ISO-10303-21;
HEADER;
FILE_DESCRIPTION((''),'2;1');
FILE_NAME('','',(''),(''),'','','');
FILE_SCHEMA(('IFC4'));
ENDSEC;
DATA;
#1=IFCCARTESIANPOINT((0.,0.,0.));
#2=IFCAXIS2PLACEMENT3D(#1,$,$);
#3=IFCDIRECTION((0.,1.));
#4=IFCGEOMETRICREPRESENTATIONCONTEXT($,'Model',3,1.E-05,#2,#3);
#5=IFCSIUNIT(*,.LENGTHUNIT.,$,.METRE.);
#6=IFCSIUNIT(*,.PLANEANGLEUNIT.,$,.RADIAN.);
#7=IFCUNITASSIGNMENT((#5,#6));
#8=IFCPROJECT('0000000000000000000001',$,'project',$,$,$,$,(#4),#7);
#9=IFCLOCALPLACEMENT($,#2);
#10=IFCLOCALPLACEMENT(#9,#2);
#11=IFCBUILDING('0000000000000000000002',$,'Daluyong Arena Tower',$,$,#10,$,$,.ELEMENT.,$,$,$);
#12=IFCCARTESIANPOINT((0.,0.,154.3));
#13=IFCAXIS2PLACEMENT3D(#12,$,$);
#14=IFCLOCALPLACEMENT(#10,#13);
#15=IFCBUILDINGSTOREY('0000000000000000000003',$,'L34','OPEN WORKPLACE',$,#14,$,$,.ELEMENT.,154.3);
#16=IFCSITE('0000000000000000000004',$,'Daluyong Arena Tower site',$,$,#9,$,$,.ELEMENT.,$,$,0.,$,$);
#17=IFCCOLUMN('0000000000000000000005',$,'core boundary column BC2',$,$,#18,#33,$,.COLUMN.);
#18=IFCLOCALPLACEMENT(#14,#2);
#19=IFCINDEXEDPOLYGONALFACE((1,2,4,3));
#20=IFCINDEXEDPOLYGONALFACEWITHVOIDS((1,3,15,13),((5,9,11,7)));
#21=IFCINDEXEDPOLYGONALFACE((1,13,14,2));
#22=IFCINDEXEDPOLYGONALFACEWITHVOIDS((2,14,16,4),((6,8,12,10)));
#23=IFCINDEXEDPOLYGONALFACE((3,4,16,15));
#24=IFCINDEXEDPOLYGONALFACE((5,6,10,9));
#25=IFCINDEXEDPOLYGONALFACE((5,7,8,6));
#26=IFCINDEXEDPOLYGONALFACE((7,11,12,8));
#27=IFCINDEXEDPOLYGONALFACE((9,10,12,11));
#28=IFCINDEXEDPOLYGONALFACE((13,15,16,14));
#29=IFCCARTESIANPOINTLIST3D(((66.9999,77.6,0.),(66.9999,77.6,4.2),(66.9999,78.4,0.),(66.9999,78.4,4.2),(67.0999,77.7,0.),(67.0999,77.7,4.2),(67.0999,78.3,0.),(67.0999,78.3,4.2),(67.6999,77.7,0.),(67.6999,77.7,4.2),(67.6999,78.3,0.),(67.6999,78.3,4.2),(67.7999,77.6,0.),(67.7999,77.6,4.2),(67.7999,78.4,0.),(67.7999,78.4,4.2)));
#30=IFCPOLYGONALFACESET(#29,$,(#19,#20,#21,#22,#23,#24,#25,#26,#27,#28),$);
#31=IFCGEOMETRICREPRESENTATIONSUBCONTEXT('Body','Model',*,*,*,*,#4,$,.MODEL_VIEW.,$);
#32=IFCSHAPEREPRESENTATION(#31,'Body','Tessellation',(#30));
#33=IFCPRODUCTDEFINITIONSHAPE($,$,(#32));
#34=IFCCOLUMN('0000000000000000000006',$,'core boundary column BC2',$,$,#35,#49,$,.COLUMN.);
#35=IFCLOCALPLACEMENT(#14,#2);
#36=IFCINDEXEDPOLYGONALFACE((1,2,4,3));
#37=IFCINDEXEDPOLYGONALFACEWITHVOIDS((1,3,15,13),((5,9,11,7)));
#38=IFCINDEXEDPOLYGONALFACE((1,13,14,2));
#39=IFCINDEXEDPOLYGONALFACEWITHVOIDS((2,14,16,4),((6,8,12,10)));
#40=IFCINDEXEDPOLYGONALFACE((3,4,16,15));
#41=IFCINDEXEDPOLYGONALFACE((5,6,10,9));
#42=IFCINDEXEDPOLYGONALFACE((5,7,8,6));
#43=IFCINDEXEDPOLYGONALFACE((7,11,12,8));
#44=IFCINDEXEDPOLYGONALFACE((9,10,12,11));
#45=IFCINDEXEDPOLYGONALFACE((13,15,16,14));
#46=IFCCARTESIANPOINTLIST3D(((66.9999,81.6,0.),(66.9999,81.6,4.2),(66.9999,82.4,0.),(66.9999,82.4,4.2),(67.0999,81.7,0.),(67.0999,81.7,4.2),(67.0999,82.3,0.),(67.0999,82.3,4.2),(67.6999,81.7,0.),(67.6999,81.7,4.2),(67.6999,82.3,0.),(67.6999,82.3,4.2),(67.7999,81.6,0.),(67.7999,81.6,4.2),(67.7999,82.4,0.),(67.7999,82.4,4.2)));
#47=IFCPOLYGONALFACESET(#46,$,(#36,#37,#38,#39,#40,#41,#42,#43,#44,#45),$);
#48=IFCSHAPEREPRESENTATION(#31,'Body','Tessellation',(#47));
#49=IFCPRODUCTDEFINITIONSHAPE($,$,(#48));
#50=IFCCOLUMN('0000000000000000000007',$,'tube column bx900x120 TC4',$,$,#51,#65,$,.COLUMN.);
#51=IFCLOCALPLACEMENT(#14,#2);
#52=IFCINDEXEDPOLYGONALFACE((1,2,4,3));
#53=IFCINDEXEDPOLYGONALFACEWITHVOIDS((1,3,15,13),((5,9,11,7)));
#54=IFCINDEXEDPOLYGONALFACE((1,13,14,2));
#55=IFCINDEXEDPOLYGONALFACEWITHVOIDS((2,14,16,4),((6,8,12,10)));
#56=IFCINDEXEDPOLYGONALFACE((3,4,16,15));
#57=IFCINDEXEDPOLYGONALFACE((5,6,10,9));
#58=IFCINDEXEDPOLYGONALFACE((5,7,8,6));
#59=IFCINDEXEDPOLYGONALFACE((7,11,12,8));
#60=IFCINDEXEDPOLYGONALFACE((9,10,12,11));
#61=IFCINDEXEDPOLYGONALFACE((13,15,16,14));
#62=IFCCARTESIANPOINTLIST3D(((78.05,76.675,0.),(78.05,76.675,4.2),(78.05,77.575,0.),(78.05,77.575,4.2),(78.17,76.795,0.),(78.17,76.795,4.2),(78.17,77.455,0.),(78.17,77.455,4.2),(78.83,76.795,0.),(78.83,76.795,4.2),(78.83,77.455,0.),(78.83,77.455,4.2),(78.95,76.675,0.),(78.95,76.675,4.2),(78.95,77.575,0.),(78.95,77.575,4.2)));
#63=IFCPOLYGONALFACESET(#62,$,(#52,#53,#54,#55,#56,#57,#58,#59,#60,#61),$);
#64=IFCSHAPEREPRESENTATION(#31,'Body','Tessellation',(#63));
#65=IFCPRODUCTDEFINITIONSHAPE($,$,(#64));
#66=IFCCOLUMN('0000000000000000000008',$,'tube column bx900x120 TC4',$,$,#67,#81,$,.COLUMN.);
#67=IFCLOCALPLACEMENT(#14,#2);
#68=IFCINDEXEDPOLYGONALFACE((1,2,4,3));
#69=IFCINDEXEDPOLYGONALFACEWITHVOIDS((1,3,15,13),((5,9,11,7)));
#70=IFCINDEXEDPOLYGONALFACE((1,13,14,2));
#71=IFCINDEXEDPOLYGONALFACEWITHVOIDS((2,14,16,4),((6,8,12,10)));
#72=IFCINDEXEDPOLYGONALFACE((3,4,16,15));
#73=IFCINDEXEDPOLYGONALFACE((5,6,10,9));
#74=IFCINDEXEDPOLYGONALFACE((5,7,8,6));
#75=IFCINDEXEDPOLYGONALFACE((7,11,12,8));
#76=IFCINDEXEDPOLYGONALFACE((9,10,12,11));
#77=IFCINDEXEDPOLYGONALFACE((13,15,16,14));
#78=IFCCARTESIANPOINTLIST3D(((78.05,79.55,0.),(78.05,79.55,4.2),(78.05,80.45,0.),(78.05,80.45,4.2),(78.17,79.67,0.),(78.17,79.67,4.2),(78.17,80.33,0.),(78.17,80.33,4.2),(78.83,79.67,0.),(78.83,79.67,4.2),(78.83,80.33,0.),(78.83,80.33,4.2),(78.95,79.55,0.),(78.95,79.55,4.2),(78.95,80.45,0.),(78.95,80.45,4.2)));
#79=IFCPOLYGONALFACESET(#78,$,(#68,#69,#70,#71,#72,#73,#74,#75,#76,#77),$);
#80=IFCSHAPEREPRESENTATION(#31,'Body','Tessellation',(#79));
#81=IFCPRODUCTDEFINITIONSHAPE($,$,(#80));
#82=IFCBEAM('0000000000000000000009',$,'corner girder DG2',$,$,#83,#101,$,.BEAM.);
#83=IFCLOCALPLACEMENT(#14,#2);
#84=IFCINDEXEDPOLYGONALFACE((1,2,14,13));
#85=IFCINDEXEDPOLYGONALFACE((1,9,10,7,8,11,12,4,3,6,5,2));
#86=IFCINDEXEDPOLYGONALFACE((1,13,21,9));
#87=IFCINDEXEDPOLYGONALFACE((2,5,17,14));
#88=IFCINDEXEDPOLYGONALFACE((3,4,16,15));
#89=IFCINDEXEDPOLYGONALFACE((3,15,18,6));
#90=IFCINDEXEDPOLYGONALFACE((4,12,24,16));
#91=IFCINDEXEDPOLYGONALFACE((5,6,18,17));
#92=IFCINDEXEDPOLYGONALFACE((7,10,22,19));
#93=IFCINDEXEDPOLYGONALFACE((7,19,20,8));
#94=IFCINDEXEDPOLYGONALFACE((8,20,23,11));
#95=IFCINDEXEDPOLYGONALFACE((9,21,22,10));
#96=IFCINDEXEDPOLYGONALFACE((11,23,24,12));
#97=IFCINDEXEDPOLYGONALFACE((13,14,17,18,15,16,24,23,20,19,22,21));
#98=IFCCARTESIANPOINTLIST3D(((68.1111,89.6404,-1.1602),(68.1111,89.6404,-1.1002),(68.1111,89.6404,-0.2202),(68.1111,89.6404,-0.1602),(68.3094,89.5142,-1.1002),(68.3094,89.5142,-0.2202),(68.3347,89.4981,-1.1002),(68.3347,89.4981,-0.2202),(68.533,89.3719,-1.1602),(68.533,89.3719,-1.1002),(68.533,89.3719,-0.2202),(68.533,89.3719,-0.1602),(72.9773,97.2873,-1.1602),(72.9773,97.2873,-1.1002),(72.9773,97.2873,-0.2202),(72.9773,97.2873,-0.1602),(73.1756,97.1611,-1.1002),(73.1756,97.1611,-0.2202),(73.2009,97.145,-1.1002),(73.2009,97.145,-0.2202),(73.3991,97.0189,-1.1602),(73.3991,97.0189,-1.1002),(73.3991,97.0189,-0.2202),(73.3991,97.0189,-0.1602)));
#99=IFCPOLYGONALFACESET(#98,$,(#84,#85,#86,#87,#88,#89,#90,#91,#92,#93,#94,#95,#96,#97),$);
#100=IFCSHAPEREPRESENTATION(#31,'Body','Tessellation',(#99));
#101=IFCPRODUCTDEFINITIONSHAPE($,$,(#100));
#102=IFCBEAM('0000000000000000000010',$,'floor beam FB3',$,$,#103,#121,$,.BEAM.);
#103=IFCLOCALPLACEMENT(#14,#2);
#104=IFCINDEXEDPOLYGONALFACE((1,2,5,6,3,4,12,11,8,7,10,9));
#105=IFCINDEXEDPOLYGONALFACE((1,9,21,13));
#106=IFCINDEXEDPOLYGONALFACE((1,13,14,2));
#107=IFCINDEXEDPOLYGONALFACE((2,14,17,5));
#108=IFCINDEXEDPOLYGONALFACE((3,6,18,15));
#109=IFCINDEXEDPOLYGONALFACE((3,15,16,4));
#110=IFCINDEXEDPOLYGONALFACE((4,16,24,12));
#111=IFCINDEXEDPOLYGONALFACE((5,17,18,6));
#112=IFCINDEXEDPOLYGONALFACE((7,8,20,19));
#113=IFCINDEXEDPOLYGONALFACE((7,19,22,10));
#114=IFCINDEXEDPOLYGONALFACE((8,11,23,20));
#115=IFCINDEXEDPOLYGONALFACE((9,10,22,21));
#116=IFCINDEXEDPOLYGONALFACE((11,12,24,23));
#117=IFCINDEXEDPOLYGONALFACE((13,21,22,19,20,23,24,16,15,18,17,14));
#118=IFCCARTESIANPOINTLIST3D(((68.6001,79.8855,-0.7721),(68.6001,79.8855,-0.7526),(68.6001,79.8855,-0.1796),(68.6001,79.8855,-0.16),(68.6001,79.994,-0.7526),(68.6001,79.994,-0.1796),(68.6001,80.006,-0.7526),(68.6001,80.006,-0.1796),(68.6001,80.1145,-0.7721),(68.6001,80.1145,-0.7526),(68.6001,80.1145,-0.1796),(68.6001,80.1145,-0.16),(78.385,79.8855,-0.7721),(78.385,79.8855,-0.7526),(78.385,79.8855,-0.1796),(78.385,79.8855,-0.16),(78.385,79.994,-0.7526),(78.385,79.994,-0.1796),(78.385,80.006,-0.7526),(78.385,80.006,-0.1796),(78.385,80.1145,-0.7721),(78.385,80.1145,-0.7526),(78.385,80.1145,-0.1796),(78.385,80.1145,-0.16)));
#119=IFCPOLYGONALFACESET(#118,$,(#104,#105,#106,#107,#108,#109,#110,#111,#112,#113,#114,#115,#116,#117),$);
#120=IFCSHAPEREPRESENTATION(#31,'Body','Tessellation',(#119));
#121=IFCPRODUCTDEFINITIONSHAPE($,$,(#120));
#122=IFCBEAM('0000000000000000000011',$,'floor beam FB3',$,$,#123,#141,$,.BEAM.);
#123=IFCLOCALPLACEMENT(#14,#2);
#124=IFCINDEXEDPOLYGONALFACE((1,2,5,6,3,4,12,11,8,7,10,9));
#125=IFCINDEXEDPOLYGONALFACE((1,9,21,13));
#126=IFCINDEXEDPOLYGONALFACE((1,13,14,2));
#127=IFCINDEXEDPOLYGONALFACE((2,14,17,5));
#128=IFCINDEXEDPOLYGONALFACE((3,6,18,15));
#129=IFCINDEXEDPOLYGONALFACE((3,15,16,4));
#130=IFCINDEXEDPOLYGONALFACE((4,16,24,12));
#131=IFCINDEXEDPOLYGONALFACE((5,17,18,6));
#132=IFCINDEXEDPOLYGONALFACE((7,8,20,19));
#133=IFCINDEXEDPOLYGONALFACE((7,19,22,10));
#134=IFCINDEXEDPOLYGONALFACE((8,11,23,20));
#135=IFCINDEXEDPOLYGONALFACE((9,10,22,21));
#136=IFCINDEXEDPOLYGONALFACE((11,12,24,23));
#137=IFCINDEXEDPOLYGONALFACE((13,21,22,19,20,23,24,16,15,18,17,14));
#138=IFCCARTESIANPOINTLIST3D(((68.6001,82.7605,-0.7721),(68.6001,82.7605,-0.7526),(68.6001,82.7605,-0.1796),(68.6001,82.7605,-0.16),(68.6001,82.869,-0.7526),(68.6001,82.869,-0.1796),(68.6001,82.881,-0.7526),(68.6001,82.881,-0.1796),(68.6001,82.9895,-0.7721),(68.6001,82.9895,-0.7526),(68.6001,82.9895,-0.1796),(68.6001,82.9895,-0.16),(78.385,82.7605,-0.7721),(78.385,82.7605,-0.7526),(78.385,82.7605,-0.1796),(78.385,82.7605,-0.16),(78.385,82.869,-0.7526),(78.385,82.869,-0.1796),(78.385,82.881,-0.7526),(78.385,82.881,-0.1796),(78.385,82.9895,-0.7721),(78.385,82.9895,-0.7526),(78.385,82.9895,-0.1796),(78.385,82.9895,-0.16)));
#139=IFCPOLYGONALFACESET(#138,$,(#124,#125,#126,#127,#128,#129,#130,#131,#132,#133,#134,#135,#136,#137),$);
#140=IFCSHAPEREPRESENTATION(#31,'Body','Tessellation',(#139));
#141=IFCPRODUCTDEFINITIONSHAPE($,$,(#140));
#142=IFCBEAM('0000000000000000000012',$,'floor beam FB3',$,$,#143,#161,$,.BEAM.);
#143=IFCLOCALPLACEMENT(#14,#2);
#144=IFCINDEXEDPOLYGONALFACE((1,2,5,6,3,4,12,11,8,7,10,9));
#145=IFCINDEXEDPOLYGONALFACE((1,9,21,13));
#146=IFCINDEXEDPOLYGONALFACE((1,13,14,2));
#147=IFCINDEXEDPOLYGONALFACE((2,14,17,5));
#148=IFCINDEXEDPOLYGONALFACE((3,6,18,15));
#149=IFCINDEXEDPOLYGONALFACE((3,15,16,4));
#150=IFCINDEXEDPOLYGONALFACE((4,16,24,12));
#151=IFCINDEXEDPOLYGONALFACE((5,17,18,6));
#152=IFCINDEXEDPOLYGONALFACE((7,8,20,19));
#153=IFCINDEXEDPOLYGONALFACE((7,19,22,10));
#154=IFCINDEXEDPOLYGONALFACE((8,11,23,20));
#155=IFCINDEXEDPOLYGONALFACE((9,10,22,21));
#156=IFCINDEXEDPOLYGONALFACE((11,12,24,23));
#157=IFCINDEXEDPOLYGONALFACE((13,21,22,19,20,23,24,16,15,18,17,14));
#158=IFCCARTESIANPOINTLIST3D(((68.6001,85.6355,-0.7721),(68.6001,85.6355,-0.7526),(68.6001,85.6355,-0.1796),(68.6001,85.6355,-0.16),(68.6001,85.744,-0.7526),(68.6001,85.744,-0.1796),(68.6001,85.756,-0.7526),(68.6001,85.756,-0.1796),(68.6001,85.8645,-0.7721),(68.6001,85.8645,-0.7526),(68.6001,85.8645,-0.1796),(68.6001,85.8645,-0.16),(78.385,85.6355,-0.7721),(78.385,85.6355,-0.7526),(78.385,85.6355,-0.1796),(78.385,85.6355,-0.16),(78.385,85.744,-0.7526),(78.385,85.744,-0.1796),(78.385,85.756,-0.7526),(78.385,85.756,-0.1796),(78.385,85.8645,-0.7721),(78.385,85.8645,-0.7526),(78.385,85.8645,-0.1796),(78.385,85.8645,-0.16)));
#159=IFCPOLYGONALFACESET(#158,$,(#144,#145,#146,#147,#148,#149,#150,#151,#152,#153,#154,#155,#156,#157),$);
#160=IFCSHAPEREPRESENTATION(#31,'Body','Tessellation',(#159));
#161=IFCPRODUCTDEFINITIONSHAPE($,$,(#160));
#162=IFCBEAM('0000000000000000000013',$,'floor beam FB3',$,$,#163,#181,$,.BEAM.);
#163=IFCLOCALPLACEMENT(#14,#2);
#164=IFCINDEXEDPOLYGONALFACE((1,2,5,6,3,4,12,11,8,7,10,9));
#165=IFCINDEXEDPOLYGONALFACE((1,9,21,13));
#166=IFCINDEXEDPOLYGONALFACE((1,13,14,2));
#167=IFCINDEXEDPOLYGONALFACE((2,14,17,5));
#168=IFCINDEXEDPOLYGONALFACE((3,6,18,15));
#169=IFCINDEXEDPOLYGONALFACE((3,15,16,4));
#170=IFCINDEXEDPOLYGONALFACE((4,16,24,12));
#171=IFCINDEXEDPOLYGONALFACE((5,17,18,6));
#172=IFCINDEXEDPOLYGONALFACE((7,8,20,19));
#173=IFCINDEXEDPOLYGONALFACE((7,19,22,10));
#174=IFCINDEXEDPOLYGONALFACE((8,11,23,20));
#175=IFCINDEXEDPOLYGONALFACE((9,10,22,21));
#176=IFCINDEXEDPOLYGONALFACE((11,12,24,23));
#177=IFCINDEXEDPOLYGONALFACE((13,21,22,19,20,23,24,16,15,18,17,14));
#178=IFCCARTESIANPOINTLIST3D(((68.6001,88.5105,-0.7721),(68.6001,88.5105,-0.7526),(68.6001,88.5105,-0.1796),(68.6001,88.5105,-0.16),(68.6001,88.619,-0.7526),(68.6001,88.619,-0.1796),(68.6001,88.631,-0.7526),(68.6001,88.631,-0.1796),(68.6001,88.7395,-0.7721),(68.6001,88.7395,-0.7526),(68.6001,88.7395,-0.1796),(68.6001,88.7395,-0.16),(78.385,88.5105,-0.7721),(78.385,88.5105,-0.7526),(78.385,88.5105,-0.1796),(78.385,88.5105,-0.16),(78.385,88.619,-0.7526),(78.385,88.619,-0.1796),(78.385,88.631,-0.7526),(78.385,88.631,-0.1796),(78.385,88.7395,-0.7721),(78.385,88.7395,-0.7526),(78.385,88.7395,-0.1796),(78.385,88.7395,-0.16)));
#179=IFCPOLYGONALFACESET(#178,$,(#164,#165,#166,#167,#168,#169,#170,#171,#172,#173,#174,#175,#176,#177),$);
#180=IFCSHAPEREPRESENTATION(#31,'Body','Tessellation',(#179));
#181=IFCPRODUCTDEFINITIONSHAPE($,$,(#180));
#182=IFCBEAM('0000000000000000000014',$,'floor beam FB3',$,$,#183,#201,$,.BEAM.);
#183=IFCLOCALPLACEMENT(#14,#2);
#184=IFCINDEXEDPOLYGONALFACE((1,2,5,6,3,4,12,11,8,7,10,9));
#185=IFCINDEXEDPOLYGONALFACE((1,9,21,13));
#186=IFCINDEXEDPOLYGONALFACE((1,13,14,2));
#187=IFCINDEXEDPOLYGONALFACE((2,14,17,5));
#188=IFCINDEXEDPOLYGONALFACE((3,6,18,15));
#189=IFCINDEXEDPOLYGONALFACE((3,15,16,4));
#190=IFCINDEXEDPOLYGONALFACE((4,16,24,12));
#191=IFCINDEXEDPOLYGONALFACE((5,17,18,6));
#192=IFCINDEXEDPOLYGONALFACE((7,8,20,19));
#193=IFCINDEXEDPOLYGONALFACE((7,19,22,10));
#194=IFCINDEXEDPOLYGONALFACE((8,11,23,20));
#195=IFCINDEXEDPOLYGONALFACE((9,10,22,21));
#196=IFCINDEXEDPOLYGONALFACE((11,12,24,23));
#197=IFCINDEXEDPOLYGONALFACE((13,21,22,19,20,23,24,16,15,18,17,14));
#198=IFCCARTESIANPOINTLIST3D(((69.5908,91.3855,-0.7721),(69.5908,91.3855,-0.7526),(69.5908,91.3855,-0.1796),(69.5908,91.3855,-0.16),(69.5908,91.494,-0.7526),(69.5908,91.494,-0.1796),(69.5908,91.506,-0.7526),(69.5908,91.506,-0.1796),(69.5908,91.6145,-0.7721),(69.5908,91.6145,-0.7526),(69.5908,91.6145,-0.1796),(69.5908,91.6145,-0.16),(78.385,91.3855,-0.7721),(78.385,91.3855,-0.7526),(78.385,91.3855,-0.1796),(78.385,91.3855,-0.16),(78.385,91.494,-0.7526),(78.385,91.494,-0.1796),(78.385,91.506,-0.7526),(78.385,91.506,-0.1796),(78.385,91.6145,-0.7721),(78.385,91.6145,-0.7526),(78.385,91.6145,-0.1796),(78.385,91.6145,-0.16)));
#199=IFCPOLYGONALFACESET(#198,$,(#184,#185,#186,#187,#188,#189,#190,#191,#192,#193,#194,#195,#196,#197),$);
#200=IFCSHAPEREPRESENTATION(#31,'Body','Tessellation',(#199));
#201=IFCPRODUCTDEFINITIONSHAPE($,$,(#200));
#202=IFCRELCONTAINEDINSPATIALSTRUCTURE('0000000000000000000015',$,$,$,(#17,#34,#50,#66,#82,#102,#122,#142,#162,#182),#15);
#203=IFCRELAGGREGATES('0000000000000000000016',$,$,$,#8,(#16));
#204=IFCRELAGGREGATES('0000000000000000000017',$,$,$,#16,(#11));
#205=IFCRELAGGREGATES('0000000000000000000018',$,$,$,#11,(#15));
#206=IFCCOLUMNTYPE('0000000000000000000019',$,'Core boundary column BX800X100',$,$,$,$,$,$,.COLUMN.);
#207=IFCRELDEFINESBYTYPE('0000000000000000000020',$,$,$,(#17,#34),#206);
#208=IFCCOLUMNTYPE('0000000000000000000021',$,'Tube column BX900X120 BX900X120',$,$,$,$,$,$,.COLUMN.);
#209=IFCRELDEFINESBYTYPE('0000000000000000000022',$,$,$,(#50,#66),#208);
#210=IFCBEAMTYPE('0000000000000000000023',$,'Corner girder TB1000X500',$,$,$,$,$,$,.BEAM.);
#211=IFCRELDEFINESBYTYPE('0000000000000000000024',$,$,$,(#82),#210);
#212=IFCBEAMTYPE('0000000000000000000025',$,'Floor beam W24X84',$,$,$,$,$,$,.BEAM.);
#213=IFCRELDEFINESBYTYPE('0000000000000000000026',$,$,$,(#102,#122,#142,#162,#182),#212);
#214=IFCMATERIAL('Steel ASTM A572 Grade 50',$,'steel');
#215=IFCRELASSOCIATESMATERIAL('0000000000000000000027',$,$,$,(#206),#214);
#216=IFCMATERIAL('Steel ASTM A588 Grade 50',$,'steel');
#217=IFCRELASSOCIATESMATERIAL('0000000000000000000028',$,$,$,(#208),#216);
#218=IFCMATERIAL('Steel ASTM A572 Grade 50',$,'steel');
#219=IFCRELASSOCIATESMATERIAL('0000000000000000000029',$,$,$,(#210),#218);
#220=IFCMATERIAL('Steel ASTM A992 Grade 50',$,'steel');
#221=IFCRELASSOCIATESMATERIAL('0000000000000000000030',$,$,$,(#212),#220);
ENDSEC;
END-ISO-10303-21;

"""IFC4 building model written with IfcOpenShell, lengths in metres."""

from ifc_helpers import new_model, si_unit, direction, frame, origin, origin_2d, place, context, subcontext, project, spatial, hollow_rectangle, i_section, extrude, material, material_profile, profile_set, type_object, element, save


model = new_model("IFC4")

# Units and contexts
model_context = context("Model", 3, precision=1e-05, world=origin(), true_north=direction((0.0, 1.0)))
body_context = subcontext(model_context, "Body", "Model", "MODEL_VIEW")
ifc_project = project(units=[si_unit("LENGTHUNIT", "METRE"), si_unit("PLANEANGLEUNIT", "RADIAN")], contexts=[model_context])

# Site, building, storey
site_placement = place(None, origin())
site = spatial("IfcSite", under=ifc_project, at=site_placement, Name="Daluyong Arena Tower site", CompositionType="ELEMENT", RefElevation=0.0)
building_placement = place(site_placement, origin())
building = spatial("IfcBuilding", under=site, at=building_placement, Name="Daluyong Arena Tower", CompositionType="ELEMENT")
storey_placement = place(building_placement, frame((0.0, 0.0, 154.3)))
storey = spatial("IfcBuildingStorey", under=building, at=storey_placement, Name="L34", Description="OPEN WORKPLACE", CompositionType="ELEMENT", Elevation=154.3)

# Columns
ifc_material_1 = material(Name="Steel ASTM A572 Grade 50", Category="steel")
ifc_material_profile_1 = material_profile(ifc_material_1, hollow_rectangle(XDim=0.8, YDim=0.8, WallThickness=0.1, at=origin_2d()))
ifc_profile_set_1 = profile_set([ifc_material_profile_1], Name="Steel ASTM A572 Grade 50")
column_type_1 = type_object("IfcColumnType", Name="Core boundary column BX800X100", PredefinedType="COLUMN", material=ifc_profile_set_1)
for number, where, z_axis, x_axis, name in (
    (1, (67.3999, 78.0, 0.0), (0.0, 0.0, 1.0), (1.0, 0.0, 0.0), "core boundary column BC2"),
    (2, (67.3999, 82.0, 0.0), (0.0, 0.0, 1.0), (1.0, 0.0, 0.0), "core boundary column BC2"),
):
    element("IfcColumn", number, at=place(storey_placement, frame(where, z_axis=z_axis, x_axis=x_axis)), inside=storey, type_object=column_type_1, Name=name, PredefinedType="COLUMN", context=body_context, shape_type="SweptSolid", body=[
        extrude(hollow_rectangle(XDim=0.8, YDim=0.8, WallThickness=0.1, at=origin_2d()), origin(), (0.0, 0.0, 1.0), 4.2),
    ])
ifc_material_2 = material(Name="Steel ASTM A588 Grade 50", Category="steel")
ifc_material_profile_2 = material_profile(ifc_material_2, hollow_rectangle(XDim=0.8999, YDim=0.8999, WallThickness=0.12, at=origin_2d()))
ifc_profile_set_2 = profile_set([ifc_material_profile_2], Name="Steel ASTM A588 Grade 50")
column_type_2 = type_object("IfcColumnType", Name="Tube column BX900X120 BX900X120", PredefinedType="COLUMN", material=ifc_profile_set_2)
for number, where, z_axis, x_axis, name in (
    (3, (78.5, 77.125, 0.0), (0.0, 0.0, 1.0), (0.0, 1.0, 0.0), "tube column bx900x120 TC4"),
    (4, (78.5, 80.0, 0.0), (0.0, 0.0, 1.0), (0.0, 1.0, 0.0), "tube column bx900x120 TC4"),
):
    element("IfcColumn", number, at=place(storey_placement, frame(where, z_axis=z_axis, x_axis=x_axis)), inside=storey, type_object=column_type_2, Name=name, PredefinedType="COLUMN", context=body_context, shape_type="SweptSolid", body=[
        extrude(hollow_rectangle(XDim=0.8999, YDim=0.8999, WallThickness=0.12, at=origin_2d()), origin(), (0.0, 0.0, 1.0), 4.2),
    ])

# Beams
ifc_material_3 = material(Name="Steel ASTM A572 Grade 50", Category="steel")
ifc_material_profile_3 = material_profile(ifc_material_3, i_section(OverallWidth=0.5, OverallDepth=1.0, WebThickness=0.03, FlangeThickness=0.06, at=origin_2d()))
ifc_profile_set_3 = profile_set([ifc_material_profile_3], Name="Steel ASTM A572 Grade 50")
beam_type_1 = type_object("IfcBeamType", Name="Corner girder TB1000X500", PredefinedType="BEAM", material=ifc_profile_set_3)
beam_1_placement = place(storey_placement, frame((73.1882, 97.1531, -0.6602), z_axis=(-0.536872, -0.843664, 0.0), x_axis=(0.843664, -0.536872, 0.0)))
element("IfcBeam", 5, at=beam_1_placement, inside=storey, type_object=beam_type_1, Name="corner girder DG2", PredefinedType="BEAM", context=body_context, shape_type="SweptSolid", body=[
    extrude(i_section(OverallWidth=0.5, OverallDepth=1.0, WebThickness=0.03, FlangeThickness=0.06, at=origin_2d()), origin(), (0.0, 0.0, 1.0), 9.064),
])
ifc_material_4 = material(Name="Steel ASTM A992 Grade 50", Category="steel")
ifc_material_profile_4 = material_profile(ifc_material_4, i_section(OverallWidth=0.229, OverallDepth=0.6121, WebThickness=0.012, FlangeThickness=0.0195, at=origin_2d()))
ifc_profile_set_4 = profile_set([ifc_material_profile_4], Name="Steel ASTM A992 Grade 50")
beam_type_2 = type_object("IfcBeamType", Name="Floor beam W24X84", PredefinedType="BEAM", material=ifc_profile_set_4)
for number, where, z_axis, x_axis, name in (
    (6, (78.385, 80.0, -0.4661), (-1.0, 0.0, 0.0), (0.0, -1.0, 0.0), "floor beam FB3"),
    (7, (78.385, 82.875, -0.4661), (-1.0, 0.0, 0.0), (0.0, -1.0, 0.0), "floor beam FB3"),
    (8, (78.385, 85.75, -0.4661), (-1.0, 0.0, 0.0), (0.0, -1.0, 0.0), "floor beam FB3"),
    (9, (78.385, 88.625, -0.4661), (-1.0, 0.0, 0.0), (0.0, -1.0, 0.0), "floor beam FB3"),
):
    element("IfcBeam", number, at=place(storey_placement, frame(where, z_axis=z_axis, x_axis=x_axis)), inside=storey, type_object=beam_type_2, Name=name, PredefinedType="BEAM", context=body_context, shape_type="SweptSolid", body=[
        extrude(i_section(OverallWidth=0.229, OverallDepth=0.6121, WebThickness=0.012, FlangeThickness=0.0195, at=origin_2d()), origin(), (0.0, 0.0, 1.0), 9.7849),
    ])
beam_2_placement = place(storey_placement, frame((78.385, 91.5, -0.4661), z_axis=(-1.0, 0.0, 0.0), x_axis=(0.0, -1.0, 0.0)))
element("IfcBeam", 10, at=beam_2_placement, inside=storey, type_object=beam_type_2, Name="floor beam FB3", PredefinedType="BEAM", context=body_context, shape_type="SweptSolid", body=[
    extrude(i_section(OverallWidth=0.229, OverallDepth=0.6121, WebThickness=0.012, FlangeThickness=0.0195, at=origin_2d()), origin(), (0.0, 0.0, 1.0), 8.7942),
])

save(model, "model.ifc")
